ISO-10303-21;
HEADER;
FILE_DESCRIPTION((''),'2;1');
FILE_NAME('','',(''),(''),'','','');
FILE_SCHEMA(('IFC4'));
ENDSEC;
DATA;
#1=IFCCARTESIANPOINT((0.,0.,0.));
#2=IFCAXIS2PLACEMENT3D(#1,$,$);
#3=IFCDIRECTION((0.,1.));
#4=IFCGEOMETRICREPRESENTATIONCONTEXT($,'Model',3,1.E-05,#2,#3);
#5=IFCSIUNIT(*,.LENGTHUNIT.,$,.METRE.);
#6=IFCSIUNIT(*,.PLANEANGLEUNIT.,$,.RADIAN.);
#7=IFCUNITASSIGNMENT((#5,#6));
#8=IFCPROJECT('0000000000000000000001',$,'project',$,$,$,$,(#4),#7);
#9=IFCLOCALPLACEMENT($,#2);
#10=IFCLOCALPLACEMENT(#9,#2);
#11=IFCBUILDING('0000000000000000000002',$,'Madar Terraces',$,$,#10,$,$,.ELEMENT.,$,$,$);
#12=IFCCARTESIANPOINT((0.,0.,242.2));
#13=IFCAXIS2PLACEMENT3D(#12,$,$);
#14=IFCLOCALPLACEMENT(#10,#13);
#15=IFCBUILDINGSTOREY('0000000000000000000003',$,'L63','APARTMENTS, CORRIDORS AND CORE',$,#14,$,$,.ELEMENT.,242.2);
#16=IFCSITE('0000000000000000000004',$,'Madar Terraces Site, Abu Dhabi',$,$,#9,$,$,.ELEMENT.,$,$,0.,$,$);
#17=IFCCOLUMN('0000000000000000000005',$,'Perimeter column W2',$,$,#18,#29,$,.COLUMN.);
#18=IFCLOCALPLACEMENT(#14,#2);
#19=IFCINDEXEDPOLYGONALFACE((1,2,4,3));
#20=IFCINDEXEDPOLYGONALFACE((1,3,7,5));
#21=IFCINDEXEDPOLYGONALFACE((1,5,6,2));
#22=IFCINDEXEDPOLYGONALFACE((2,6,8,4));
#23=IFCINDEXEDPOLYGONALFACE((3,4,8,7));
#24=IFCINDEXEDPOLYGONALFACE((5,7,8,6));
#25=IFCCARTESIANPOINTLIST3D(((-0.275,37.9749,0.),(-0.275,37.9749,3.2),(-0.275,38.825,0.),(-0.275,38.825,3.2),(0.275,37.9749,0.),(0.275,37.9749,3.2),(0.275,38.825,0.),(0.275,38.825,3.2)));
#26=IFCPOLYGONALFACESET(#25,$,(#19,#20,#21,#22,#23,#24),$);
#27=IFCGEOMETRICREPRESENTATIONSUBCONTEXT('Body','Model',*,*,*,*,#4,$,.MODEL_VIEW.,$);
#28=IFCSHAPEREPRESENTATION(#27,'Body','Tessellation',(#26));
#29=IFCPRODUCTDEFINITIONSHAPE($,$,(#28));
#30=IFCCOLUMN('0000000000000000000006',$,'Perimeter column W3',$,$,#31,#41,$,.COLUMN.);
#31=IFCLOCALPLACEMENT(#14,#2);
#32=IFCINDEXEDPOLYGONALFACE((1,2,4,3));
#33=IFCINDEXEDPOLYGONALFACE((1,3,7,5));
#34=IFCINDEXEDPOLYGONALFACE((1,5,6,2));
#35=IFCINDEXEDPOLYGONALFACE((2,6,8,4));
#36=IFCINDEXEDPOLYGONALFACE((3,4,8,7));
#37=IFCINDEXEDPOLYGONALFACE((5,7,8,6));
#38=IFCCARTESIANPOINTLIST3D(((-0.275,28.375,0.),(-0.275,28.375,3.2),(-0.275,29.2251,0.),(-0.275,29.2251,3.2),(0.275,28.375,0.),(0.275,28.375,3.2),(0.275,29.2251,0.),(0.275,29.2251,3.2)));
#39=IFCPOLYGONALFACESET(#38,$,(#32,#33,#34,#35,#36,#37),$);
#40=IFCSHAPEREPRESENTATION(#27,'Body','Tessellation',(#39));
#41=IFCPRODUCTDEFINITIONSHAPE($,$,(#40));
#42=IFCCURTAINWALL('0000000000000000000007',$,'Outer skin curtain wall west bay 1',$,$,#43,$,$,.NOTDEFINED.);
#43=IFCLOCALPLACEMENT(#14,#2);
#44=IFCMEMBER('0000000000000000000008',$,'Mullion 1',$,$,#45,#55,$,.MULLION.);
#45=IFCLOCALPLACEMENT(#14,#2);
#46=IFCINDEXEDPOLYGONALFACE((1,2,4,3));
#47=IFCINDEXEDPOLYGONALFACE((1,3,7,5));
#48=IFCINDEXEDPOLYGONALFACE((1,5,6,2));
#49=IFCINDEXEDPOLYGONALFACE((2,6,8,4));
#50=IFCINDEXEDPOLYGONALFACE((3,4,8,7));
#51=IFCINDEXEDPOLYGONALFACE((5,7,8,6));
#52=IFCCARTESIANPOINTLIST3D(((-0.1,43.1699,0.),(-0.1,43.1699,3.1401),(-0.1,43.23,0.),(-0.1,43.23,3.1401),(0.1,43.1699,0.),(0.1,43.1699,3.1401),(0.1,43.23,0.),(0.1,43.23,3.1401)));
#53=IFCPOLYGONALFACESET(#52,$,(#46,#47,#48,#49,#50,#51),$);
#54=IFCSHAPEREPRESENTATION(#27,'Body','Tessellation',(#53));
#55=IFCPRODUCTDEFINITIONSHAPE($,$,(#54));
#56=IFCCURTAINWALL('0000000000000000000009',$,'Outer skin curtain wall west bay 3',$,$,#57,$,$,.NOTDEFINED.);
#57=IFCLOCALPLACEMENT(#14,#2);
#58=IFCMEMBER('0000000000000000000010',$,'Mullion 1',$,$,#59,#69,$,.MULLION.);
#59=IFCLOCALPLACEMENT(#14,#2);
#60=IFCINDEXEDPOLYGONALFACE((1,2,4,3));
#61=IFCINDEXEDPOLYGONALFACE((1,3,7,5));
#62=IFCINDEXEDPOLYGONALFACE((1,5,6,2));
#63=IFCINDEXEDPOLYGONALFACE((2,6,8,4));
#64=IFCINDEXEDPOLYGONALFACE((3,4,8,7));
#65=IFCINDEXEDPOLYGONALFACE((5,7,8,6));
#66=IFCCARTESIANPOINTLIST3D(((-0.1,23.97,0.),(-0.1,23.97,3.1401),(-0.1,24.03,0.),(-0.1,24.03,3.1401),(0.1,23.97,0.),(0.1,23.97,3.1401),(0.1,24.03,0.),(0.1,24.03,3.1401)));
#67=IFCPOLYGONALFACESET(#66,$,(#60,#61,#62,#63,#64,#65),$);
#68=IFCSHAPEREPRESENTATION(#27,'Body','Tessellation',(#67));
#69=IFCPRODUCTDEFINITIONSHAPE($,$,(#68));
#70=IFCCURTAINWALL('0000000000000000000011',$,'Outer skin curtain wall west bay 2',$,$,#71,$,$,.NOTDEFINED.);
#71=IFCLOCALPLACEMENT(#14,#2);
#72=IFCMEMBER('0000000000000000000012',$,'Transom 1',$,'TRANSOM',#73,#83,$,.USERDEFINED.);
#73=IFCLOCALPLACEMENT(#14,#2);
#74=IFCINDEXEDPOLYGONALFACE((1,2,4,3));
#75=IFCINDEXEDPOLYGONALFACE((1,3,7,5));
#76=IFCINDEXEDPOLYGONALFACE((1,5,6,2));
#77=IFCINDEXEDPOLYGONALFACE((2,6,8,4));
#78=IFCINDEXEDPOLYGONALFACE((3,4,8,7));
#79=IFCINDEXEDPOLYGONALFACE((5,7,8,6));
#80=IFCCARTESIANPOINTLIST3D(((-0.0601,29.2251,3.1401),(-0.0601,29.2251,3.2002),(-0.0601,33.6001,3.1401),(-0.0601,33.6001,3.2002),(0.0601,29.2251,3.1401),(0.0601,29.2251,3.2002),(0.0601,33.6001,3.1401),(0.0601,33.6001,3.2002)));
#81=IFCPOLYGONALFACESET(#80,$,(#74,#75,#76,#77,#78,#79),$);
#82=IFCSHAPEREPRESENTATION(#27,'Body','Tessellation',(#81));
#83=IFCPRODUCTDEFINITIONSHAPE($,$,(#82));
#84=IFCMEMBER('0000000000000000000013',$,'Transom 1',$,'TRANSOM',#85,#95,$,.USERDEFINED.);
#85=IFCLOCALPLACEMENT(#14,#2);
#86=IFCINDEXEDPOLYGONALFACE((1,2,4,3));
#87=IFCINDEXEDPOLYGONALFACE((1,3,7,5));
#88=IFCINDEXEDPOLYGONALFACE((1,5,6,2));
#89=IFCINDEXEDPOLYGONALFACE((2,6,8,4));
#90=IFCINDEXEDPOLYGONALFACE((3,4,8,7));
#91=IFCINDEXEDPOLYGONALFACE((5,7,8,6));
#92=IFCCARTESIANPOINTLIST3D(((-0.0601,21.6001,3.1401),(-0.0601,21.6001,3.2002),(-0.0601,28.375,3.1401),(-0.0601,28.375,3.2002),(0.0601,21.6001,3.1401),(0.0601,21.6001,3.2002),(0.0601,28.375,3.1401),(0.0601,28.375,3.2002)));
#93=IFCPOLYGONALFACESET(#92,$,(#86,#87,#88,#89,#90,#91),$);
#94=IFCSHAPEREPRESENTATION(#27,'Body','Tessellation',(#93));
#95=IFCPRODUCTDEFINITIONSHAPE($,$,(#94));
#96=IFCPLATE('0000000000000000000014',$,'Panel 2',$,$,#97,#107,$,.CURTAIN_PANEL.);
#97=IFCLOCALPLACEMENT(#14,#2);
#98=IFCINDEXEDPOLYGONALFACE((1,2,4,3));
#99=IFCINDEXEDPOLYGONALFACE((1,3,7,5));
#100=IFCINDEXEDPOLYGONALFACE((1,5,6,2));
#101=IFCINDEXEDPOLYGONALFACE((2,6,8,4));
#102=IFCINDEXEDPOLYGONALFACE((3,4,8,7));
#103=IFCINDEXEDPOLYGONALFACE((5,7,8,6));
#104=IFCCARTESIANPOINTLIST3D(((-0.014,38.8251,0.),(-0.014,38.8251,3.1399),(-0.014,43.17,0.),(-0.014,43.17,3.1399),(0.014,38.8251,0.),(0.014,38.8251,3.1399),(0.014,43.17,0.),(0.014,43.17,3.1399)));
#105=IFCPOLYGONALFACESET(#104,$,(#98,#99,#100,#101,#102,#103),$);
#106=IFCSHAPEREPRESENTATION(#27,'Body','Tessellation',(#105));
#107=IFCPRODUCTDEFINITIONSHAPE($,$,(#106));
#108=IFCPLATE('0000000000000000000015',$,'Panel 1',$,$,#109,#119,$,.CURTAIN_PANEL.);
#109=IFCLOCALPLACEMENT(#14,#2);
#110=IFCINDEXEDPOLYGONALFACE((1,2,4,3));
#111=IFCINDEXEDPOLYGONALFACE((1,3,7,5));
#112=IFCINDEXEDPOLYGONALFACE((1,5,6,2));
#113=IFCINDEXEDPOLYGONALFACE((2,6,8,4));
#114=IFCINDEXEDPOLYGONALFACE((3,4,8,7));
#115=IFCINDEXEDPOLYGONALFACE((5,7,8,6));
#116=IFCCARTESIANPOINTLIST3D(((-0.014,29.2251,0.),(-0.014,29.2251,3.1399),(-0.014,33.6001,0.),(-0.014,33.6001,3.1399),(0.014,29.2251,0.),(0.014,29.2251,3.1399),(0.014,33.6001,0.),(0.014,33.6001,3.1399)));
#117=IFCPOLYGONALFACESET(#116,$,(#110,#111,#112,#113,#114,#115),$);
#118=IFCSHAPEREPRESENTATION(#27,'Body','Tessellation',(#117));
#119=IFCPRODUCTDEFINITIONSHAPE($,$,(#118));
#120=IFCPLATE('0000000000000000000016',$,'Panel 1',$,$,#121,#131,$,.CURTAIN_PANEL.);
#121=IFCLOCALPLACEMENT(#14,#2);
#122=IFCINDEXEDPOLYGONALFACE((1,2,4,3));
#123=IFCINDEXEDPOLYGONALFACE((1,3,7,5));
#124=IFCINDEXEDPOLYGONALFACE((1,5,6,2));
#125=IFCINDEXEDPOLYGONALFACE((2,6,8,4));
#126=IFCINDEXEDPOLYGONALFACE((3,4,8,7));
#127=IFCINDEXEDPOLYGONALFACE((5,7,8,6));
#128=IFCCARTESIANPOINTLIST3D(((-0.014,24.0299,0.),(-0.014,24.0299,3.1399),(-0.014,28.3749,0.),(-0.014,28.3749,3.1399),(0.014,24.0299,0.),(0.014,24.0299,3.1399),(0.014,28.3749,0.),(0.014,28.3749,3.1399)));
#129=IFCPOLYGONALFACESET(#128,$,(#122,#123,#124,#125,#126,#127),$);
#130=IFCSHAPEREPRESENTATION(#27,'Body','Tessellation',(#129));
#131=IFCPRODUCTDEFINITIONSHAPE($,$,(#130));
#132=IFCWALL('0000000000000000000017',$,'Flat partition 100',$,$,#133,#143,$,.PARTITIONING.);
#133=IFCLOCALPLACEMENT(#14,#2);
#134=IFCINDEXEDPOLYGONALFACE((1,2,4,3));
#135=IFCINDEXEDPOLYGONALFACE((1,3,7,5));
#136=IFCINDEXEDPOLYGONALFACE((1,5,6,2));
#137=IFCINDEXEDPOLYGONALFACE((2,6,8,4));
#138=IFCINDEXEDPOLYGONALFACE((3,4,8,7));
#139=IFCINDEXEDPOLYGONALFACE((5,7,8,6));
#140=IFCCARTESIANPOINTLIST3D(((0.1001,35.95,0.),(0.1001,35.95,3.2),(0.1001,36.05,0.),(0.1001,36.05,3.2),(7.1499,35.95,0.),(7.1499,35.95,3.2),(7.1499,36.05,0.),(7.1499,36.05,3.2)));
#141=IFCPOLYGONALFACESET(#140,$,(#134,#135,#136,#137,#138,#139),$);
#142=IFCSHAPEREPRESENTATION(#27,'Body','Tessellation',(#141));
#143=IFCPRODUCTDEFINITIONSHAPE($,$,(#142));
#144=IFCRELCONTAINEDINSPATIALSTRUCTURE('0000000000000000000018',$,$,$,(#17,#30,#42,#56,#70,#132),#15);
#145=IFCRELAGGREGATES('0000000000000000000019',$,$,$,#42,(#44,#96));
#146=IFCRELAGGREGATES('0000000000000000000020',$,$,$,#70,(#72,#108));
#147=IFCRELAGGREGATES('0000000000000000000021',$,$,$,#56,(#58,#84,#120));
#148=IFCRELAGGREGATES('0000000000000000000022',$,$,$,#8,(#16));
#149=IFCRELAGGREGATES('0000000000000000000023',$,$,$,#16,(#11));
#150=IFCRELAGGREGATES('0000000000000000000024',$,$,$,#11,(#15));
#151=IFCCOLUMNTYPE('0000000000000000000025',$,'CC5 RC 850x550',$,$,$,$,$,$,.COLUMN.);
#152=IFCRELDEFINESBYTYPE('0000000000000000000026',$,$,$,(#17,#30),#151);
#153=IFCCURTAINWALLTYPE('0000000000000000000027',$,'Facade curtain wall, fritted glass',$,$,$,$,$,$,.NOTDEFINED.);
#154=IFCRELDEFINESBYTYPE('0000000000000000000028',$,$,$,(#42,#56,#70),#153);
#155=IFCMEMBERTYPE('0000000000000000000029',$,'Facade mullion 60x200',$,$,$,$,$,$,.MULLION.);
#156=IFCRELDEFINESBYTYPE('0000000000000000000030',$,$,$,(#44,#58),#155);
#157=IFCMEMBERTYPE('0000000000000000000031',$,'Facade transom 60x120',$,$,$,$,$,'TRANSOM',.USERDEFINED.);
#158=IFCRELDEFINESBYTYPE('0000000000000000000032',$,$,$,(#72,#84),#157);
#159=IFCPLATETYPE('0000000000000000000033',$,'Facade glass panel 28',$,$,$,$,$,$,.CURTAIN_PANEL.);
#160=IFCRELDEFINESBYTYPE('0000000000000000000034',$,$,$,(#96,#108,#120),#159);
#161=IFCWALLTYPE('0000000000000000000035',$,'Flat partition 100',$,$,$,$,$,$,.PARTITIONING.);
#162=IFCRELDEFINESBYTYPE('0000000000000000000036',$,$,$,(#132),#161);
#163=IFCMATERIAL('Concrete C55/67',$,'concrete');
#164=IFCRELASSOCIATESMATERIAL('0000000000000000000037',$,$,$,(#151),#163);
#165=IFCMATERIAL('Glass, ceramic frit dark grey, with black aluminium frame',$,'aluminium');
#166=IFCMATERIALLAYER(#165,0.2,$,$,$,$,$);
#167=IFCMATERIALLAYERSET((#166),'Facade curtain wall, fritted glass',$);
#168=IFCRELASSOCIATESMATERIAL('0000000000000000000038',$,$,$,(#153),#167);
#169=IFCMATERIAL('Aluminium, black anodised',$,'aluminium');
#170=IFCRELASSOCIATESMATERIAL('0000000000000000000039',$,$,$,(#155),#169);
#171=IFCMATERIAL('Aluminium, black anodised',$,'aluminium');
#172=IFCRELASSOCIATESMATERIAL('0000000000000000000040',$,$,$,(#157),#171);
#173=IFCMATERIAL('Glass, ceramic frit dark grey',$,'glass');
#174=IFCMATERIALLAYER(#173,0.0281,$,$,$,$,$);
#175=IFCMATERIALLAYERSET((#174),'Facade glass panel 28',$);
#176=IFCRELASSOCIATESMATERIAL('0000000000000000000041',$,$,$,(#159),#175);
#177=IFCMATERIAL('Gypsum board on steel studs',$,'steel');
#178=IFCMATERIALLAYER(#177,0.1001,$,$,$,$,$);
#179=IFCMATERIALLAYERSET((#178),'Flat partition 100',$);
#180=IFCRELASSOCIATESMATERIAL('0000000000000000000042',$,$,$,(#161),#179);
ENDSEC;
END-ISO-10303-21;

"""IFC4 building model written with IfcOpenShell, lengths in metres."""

from ifc_helpers import new_model, si_unit, direction, frame, frame_2d, origin, origin_2d, place, context, subcontext, project, spatial, rectangle, extrude, material, layer, layer_set, material_profile, profile_set, type_object, element, aggregate, save


model = new_model("IFC4")

# Units and contexts
model_context = context("Model", 3, precision=1e-05, world=origin(), true_north=direction((0.0, 1.0)))
body_context = subcontext(model_context, "Body", "Model", "MODEL_VIEW")
ifc_project = project(units=[si_unit("LENGTHUNIT", "METRE"), si_unit("PLANEANGLEUNIT", "RADIAN")], contexts=[model_context])

# Site, building, storey
site_placement = place(None, origin())
site = spatial("IfcSite", under=ifc_project, at=site_placement, Name="Madar Terraces Site, Abu Dhabi", CompositionType="ELEMENT", RefElevation=0.0)
building_placement = place(site_placement, origin())
building = spatial("IfcBuilding", under=site, at=building_placement, Name="Madar Terraces", CompositionType="ELEMENT")
storey_placement = place(building_placement, frame((0.0, 0.0, 242.2)))
storey = spatial("IfcBuildingStorey", under=building, at=storey_placement, Name="L63", Description="APARTMENTS, CORRIDORS AND CORE", CompositionType="ELEMENT", Elevation=242.2)

# Columns
ifc_material_1 = material(Name="Concrete C55/67", Category="concrete")
ifc_material_profile_1 = material_profile(ifc_material_1, rectangle(XDim=0.8501, YDim=0.55, at=origin_2d()), Name="CC5 RC 850x550")
ifc_profile_set_1 = profile_set([ifc_material_profile_1], Name="Concrete C55/67")
column_type = type_object("IfcColumnType", Name="CC5 RC 850x550", PredefinedType="COLUMN", material=ifc_profile_set_1)
for number, where, z_axis, x_axis, name in (
    (1, (0.0, 38.3999, 0.0), (0.0, 0.0, 1.0), (0.0, 1.0, 0.0), "Perimeter column W2"),
    (2, (0.0, 28.8, 0.0), (0.0, 0.0, 1.0), (0.0, 1.0, 0.0), "Perimeter column W3"),
):
    element("IfcColumn", number, at=place(storey_placement, frame(where, z_axis=z_axis, x_axis=x_axis)), inside=storey, type_object=column_type, Name=name, PredefinedType="COLUMN", context=body_context, shape_type="SweptSolid", body=[
        extrude(rectangle(XDim=0.8501, YDim=0.55, at=origin_2d()), origin(), (0.0, 0.0, 1.0), 3.2),
    ])

# Curtain walls, members
ifc_material_2 = material(Name="Glass, ceramic frit dark grey, with black aluminium frame", Category="aluminium")
ifc_layer_1 = layer(ifc_material_2, 0.2)
ifc_layer_set_1 = layer_set([ifc_layer_1], Name="Facade curtain wall, fritted glass")
curtain_wall_type = type_object("IfcCurtainWallType", Name="Facade curtain wall, fritted glass", PredefinedType="NOTDEFINED", material=ifc_layer_set_1)
curtain_wall_1_placement = place(storey_placement, origin())
curtain_wall_1 = element("IfcCurtainWall", 3, at=curtain_wall_1_placement, inside=storey, type_object=curtain_wall_type, Name="Outer skin curtain wall west bay 1", PredefinedType="NOTDEFINED")
ifc_material_3 = material(Name="Aluminium, black anodised", Category="aluminium")
ifc_material_profile_2 = material_profile(ifc_material_3, rectangle(XDim=0.2, YDim=0.0601, at=origin_2d()), Name="Facade mullion 60x200")
ifc_profile_set_2 = profile_set([ifc_material_profile_2], Name="Aluminium, black anodised")
member_type_1 = type_object("IfcMemberType", Name="Facade mullion 60x200", PredefinedType="MULLION", material=ifc_profile_set_2)
member_1_placement = place(storey_placement, frame((0.0, 43.2, 0.0), z_axis=(0.0, 0.0, 1.0), x_axis=(1.0, 0.0, 0.0)))
member_1 = element("IfcMember", 4, at=member_1_placement, type_object=member_type_1, Name="Mullion 1", PredefinedType="MULLION", context=body_context, shape_type="SweptSolid", body=[
    extrude(rectangle(XDim=0.2, YDim=0.0601, at=origin_2d()), origin(), (0.0, 0.0, 1.0), 3.1401),
])
curtain_wall_2_placement = place(storey_placement, origin())
curtain_wall_2 = element("IfcCurtainWall", 5, at=curtain_wall_2_placement, inside=storey, type_object=curtain_wall_type, Name="Outer skin curtain wall west bay 3", PredefinedType="NOTDEFINED")
member_2_placement = place(storey_placement, frame((0.0, 24.0, 0.0), z_axis=(0.0, 0.0, 1.0), x_axis=(1.0, 0.0, 0.0)))
member_2 = element("IfcMember", 6, at=member_2_placement, type_object=member_type_1, Name="Mullion 1", PredefinedType="MULLION", context=body_context, shape_type="SweptSolid", body=[
    extrude(rectangle(XDim=0.2, YDim=0.0601, at=origin_2d()), origin(), (0.0, 0.0, 1.0), 3.1401),
])
curtain_wall_3_placement = place(storey_placement, origin())
curtain_wall_3 = element("IfcCurtainWall", 7, at=curtain_wall_3_placement, inside=storey, type_object=curtain_wall_type, Name="Outer skin curtain wall west bay 2", PredefinedType="NOTDEFINED")
ifc_material_4 = material(Name="Aluminium, black anodised", Category="aluminium")
ifc_material_profile_3 = material_profile(ifc_material_4, rectangle(XDim=0.1201, YDim=0.0601, at=origin_2d()), Name="Facade transom 60x120")
ifc_profile_set_3 = profile_set([ifc_material_profile_3], Name="Aluminium, black anodised")
member_type_2 = type_object("IfcMemberType", Name="Facade transom 60x120", ElementType="TRANSOM", PredefinedType="USERDEFINED", material=ifc_profile_set_3)
member_3_placement = place(storey_placement, frame((0.0, 33.6001, 3.1702), z_axis=(0.0, -1.0, 0.0), x_axis=(1.0, 0.0, 0.0)))
member_3 = element("IfcMember", 8, at=member_3_placement, type_object=member_type_2, Name="Transom 1", ObjectType="TRANSOM", PredefinedType="USERDEFINED", context=body_context, shape_type="SweptSolid", body=[
    extrude(rectangle(XDim=0.1201, YDim=0.0601, at=origin_2d()), origin(), (0.0, 0.0, 1.0), 4.375),
])

# Member
member_4_placement = place(storey_placement, frame((0.0, 28.375, 3.1702), z_axis=(0.0, -1.0, 0.0), x_axis=(1.0, 0.0, 0.0)))
member_4 = element("IfcMember", 9, at=member_4_placement, type_object=member_type_2, Name="Transom 1", ObjectType="TRANSOM", PredefinedType="USERDEFINED", context=body_context, shape_type="SweptSolid", body=[
    extrude(rectangle(XDim=0.1201, YDim=0.0601, at=origin_2d()), origin(), (0.0, 0.0, 1.0), 6.7749),
])

# Plates
ifc_material_5 = material(Name="Glass, ceramic frit dark grey", Category="glass")
ifc_layer_2 = layer(ifc_material_5, 0.0281)
ifc_layer_set_2 = layer_set([ifc_layer_2], Name="Facade glass panel 28")
plate_type = type_object("IfcPlateType", Name="Facade glass panel 28", PredefinedType="CURTAIN_PANEL", material=ifc_layer_set_2)
plate_1_placement = place(storey_placement, frame((0.0, 40.9976, 0.0), z_axis=(0.0, 0.0, 1.0), x_axis=(0.0, -1.0, 0.0)))
plate_1 = element("IfcPlate", 10, at=plate_1_placement, type_object=plate_type, Name="Panel 2", PredefinedType="CURTAIN_PANEL", context=body_context, shape_type="SweptSolid", body=[
    extrude(rectangle(XDim=4.345, YDim=0.0281, at=origin_2d()), origin(), (0.0, 0.0, 1.0), 3.1399),
])
aggregate(curtain_wall_1, [member_1, plate_1])
plate_2_placement = place(storey_placement, frame((0.0, 31.4126, 0.0), z_axis=(0.0, 0.0, 1.0), x_axis=(0.0, -1.0, 0.0)))
plate_2 = element("IfcPlate", 11, at=plate_2_placement, type_object=plate_type, Name="Panel 1", PredefinedType="CURTAIN_PANEL", context=body_context, shape_type="SweptSolid", body=[
    extrude(rectangle(XDim=4.375, YDim=0.0281, at=origin_2d()), origin(), (0.0, 0.0, 1.0), 3.1399),
])
aggregate(curtain_wall_3, [member_3, plate_2])
plate_3_placement = place(storey_placement, frame((0.0, 26.2024, 0.0), z_axis=(0.0, 0.0, 1.0), x_axis=(0.0, -1.0, 0.0)))
plate_3 = element("IfcPlate", 12, at=plate_3_placement, type_object=plate_type, Name="Panel 1", PredefinedType="CURTAIN_PANEL", context=body_context, shape_type="SweptSolid", body=[
    extrude(rectangle(XDim=4.345, YDim=0.0281, at=origin_2d()), origin(), (0.0, 0.0, 1.0), 3.1399),
])
aggregate(curtain_wall_2, [member_2, member_4, plate_3])

# Wall
ifc_material_6 = material(Name="Gypsum board on steel studs", Category="steel")
ifc_layer_3 = layer(ifc_material_6, 0.1001)
ifc_layer_set_3 = layer_set([ifc_layer_3], Name="Flat partition 100")
wall_type_1 = type_object("IfcWallType", Name="Flat partition 100", PredefinedType="PARTITIONING", material=ifc_layer_set_3)
wall_1_placement = place(storey_placement, frame((7.1499, 36.0, 0.0), z_axis=(0.0, 0.0, 1.0), x_axis=(-1.0, 0.0, 0.0)))
element("IfcWall", 13, at=wall_1_placement, inside=storey, type_object=wall_type_1, Name="Flat partition 100", PredefinedType="PARTITIONING", context=body_context, shape_type="SweptSolid", body=[
    extrude(rectangle(XDim=7.0498, YDim=0.1001, at=frame_2d((3.5249, 0.0))), origin(), (0.0, 0.0, 1.0), 3.2),
])

save(model, "model.ifc")
